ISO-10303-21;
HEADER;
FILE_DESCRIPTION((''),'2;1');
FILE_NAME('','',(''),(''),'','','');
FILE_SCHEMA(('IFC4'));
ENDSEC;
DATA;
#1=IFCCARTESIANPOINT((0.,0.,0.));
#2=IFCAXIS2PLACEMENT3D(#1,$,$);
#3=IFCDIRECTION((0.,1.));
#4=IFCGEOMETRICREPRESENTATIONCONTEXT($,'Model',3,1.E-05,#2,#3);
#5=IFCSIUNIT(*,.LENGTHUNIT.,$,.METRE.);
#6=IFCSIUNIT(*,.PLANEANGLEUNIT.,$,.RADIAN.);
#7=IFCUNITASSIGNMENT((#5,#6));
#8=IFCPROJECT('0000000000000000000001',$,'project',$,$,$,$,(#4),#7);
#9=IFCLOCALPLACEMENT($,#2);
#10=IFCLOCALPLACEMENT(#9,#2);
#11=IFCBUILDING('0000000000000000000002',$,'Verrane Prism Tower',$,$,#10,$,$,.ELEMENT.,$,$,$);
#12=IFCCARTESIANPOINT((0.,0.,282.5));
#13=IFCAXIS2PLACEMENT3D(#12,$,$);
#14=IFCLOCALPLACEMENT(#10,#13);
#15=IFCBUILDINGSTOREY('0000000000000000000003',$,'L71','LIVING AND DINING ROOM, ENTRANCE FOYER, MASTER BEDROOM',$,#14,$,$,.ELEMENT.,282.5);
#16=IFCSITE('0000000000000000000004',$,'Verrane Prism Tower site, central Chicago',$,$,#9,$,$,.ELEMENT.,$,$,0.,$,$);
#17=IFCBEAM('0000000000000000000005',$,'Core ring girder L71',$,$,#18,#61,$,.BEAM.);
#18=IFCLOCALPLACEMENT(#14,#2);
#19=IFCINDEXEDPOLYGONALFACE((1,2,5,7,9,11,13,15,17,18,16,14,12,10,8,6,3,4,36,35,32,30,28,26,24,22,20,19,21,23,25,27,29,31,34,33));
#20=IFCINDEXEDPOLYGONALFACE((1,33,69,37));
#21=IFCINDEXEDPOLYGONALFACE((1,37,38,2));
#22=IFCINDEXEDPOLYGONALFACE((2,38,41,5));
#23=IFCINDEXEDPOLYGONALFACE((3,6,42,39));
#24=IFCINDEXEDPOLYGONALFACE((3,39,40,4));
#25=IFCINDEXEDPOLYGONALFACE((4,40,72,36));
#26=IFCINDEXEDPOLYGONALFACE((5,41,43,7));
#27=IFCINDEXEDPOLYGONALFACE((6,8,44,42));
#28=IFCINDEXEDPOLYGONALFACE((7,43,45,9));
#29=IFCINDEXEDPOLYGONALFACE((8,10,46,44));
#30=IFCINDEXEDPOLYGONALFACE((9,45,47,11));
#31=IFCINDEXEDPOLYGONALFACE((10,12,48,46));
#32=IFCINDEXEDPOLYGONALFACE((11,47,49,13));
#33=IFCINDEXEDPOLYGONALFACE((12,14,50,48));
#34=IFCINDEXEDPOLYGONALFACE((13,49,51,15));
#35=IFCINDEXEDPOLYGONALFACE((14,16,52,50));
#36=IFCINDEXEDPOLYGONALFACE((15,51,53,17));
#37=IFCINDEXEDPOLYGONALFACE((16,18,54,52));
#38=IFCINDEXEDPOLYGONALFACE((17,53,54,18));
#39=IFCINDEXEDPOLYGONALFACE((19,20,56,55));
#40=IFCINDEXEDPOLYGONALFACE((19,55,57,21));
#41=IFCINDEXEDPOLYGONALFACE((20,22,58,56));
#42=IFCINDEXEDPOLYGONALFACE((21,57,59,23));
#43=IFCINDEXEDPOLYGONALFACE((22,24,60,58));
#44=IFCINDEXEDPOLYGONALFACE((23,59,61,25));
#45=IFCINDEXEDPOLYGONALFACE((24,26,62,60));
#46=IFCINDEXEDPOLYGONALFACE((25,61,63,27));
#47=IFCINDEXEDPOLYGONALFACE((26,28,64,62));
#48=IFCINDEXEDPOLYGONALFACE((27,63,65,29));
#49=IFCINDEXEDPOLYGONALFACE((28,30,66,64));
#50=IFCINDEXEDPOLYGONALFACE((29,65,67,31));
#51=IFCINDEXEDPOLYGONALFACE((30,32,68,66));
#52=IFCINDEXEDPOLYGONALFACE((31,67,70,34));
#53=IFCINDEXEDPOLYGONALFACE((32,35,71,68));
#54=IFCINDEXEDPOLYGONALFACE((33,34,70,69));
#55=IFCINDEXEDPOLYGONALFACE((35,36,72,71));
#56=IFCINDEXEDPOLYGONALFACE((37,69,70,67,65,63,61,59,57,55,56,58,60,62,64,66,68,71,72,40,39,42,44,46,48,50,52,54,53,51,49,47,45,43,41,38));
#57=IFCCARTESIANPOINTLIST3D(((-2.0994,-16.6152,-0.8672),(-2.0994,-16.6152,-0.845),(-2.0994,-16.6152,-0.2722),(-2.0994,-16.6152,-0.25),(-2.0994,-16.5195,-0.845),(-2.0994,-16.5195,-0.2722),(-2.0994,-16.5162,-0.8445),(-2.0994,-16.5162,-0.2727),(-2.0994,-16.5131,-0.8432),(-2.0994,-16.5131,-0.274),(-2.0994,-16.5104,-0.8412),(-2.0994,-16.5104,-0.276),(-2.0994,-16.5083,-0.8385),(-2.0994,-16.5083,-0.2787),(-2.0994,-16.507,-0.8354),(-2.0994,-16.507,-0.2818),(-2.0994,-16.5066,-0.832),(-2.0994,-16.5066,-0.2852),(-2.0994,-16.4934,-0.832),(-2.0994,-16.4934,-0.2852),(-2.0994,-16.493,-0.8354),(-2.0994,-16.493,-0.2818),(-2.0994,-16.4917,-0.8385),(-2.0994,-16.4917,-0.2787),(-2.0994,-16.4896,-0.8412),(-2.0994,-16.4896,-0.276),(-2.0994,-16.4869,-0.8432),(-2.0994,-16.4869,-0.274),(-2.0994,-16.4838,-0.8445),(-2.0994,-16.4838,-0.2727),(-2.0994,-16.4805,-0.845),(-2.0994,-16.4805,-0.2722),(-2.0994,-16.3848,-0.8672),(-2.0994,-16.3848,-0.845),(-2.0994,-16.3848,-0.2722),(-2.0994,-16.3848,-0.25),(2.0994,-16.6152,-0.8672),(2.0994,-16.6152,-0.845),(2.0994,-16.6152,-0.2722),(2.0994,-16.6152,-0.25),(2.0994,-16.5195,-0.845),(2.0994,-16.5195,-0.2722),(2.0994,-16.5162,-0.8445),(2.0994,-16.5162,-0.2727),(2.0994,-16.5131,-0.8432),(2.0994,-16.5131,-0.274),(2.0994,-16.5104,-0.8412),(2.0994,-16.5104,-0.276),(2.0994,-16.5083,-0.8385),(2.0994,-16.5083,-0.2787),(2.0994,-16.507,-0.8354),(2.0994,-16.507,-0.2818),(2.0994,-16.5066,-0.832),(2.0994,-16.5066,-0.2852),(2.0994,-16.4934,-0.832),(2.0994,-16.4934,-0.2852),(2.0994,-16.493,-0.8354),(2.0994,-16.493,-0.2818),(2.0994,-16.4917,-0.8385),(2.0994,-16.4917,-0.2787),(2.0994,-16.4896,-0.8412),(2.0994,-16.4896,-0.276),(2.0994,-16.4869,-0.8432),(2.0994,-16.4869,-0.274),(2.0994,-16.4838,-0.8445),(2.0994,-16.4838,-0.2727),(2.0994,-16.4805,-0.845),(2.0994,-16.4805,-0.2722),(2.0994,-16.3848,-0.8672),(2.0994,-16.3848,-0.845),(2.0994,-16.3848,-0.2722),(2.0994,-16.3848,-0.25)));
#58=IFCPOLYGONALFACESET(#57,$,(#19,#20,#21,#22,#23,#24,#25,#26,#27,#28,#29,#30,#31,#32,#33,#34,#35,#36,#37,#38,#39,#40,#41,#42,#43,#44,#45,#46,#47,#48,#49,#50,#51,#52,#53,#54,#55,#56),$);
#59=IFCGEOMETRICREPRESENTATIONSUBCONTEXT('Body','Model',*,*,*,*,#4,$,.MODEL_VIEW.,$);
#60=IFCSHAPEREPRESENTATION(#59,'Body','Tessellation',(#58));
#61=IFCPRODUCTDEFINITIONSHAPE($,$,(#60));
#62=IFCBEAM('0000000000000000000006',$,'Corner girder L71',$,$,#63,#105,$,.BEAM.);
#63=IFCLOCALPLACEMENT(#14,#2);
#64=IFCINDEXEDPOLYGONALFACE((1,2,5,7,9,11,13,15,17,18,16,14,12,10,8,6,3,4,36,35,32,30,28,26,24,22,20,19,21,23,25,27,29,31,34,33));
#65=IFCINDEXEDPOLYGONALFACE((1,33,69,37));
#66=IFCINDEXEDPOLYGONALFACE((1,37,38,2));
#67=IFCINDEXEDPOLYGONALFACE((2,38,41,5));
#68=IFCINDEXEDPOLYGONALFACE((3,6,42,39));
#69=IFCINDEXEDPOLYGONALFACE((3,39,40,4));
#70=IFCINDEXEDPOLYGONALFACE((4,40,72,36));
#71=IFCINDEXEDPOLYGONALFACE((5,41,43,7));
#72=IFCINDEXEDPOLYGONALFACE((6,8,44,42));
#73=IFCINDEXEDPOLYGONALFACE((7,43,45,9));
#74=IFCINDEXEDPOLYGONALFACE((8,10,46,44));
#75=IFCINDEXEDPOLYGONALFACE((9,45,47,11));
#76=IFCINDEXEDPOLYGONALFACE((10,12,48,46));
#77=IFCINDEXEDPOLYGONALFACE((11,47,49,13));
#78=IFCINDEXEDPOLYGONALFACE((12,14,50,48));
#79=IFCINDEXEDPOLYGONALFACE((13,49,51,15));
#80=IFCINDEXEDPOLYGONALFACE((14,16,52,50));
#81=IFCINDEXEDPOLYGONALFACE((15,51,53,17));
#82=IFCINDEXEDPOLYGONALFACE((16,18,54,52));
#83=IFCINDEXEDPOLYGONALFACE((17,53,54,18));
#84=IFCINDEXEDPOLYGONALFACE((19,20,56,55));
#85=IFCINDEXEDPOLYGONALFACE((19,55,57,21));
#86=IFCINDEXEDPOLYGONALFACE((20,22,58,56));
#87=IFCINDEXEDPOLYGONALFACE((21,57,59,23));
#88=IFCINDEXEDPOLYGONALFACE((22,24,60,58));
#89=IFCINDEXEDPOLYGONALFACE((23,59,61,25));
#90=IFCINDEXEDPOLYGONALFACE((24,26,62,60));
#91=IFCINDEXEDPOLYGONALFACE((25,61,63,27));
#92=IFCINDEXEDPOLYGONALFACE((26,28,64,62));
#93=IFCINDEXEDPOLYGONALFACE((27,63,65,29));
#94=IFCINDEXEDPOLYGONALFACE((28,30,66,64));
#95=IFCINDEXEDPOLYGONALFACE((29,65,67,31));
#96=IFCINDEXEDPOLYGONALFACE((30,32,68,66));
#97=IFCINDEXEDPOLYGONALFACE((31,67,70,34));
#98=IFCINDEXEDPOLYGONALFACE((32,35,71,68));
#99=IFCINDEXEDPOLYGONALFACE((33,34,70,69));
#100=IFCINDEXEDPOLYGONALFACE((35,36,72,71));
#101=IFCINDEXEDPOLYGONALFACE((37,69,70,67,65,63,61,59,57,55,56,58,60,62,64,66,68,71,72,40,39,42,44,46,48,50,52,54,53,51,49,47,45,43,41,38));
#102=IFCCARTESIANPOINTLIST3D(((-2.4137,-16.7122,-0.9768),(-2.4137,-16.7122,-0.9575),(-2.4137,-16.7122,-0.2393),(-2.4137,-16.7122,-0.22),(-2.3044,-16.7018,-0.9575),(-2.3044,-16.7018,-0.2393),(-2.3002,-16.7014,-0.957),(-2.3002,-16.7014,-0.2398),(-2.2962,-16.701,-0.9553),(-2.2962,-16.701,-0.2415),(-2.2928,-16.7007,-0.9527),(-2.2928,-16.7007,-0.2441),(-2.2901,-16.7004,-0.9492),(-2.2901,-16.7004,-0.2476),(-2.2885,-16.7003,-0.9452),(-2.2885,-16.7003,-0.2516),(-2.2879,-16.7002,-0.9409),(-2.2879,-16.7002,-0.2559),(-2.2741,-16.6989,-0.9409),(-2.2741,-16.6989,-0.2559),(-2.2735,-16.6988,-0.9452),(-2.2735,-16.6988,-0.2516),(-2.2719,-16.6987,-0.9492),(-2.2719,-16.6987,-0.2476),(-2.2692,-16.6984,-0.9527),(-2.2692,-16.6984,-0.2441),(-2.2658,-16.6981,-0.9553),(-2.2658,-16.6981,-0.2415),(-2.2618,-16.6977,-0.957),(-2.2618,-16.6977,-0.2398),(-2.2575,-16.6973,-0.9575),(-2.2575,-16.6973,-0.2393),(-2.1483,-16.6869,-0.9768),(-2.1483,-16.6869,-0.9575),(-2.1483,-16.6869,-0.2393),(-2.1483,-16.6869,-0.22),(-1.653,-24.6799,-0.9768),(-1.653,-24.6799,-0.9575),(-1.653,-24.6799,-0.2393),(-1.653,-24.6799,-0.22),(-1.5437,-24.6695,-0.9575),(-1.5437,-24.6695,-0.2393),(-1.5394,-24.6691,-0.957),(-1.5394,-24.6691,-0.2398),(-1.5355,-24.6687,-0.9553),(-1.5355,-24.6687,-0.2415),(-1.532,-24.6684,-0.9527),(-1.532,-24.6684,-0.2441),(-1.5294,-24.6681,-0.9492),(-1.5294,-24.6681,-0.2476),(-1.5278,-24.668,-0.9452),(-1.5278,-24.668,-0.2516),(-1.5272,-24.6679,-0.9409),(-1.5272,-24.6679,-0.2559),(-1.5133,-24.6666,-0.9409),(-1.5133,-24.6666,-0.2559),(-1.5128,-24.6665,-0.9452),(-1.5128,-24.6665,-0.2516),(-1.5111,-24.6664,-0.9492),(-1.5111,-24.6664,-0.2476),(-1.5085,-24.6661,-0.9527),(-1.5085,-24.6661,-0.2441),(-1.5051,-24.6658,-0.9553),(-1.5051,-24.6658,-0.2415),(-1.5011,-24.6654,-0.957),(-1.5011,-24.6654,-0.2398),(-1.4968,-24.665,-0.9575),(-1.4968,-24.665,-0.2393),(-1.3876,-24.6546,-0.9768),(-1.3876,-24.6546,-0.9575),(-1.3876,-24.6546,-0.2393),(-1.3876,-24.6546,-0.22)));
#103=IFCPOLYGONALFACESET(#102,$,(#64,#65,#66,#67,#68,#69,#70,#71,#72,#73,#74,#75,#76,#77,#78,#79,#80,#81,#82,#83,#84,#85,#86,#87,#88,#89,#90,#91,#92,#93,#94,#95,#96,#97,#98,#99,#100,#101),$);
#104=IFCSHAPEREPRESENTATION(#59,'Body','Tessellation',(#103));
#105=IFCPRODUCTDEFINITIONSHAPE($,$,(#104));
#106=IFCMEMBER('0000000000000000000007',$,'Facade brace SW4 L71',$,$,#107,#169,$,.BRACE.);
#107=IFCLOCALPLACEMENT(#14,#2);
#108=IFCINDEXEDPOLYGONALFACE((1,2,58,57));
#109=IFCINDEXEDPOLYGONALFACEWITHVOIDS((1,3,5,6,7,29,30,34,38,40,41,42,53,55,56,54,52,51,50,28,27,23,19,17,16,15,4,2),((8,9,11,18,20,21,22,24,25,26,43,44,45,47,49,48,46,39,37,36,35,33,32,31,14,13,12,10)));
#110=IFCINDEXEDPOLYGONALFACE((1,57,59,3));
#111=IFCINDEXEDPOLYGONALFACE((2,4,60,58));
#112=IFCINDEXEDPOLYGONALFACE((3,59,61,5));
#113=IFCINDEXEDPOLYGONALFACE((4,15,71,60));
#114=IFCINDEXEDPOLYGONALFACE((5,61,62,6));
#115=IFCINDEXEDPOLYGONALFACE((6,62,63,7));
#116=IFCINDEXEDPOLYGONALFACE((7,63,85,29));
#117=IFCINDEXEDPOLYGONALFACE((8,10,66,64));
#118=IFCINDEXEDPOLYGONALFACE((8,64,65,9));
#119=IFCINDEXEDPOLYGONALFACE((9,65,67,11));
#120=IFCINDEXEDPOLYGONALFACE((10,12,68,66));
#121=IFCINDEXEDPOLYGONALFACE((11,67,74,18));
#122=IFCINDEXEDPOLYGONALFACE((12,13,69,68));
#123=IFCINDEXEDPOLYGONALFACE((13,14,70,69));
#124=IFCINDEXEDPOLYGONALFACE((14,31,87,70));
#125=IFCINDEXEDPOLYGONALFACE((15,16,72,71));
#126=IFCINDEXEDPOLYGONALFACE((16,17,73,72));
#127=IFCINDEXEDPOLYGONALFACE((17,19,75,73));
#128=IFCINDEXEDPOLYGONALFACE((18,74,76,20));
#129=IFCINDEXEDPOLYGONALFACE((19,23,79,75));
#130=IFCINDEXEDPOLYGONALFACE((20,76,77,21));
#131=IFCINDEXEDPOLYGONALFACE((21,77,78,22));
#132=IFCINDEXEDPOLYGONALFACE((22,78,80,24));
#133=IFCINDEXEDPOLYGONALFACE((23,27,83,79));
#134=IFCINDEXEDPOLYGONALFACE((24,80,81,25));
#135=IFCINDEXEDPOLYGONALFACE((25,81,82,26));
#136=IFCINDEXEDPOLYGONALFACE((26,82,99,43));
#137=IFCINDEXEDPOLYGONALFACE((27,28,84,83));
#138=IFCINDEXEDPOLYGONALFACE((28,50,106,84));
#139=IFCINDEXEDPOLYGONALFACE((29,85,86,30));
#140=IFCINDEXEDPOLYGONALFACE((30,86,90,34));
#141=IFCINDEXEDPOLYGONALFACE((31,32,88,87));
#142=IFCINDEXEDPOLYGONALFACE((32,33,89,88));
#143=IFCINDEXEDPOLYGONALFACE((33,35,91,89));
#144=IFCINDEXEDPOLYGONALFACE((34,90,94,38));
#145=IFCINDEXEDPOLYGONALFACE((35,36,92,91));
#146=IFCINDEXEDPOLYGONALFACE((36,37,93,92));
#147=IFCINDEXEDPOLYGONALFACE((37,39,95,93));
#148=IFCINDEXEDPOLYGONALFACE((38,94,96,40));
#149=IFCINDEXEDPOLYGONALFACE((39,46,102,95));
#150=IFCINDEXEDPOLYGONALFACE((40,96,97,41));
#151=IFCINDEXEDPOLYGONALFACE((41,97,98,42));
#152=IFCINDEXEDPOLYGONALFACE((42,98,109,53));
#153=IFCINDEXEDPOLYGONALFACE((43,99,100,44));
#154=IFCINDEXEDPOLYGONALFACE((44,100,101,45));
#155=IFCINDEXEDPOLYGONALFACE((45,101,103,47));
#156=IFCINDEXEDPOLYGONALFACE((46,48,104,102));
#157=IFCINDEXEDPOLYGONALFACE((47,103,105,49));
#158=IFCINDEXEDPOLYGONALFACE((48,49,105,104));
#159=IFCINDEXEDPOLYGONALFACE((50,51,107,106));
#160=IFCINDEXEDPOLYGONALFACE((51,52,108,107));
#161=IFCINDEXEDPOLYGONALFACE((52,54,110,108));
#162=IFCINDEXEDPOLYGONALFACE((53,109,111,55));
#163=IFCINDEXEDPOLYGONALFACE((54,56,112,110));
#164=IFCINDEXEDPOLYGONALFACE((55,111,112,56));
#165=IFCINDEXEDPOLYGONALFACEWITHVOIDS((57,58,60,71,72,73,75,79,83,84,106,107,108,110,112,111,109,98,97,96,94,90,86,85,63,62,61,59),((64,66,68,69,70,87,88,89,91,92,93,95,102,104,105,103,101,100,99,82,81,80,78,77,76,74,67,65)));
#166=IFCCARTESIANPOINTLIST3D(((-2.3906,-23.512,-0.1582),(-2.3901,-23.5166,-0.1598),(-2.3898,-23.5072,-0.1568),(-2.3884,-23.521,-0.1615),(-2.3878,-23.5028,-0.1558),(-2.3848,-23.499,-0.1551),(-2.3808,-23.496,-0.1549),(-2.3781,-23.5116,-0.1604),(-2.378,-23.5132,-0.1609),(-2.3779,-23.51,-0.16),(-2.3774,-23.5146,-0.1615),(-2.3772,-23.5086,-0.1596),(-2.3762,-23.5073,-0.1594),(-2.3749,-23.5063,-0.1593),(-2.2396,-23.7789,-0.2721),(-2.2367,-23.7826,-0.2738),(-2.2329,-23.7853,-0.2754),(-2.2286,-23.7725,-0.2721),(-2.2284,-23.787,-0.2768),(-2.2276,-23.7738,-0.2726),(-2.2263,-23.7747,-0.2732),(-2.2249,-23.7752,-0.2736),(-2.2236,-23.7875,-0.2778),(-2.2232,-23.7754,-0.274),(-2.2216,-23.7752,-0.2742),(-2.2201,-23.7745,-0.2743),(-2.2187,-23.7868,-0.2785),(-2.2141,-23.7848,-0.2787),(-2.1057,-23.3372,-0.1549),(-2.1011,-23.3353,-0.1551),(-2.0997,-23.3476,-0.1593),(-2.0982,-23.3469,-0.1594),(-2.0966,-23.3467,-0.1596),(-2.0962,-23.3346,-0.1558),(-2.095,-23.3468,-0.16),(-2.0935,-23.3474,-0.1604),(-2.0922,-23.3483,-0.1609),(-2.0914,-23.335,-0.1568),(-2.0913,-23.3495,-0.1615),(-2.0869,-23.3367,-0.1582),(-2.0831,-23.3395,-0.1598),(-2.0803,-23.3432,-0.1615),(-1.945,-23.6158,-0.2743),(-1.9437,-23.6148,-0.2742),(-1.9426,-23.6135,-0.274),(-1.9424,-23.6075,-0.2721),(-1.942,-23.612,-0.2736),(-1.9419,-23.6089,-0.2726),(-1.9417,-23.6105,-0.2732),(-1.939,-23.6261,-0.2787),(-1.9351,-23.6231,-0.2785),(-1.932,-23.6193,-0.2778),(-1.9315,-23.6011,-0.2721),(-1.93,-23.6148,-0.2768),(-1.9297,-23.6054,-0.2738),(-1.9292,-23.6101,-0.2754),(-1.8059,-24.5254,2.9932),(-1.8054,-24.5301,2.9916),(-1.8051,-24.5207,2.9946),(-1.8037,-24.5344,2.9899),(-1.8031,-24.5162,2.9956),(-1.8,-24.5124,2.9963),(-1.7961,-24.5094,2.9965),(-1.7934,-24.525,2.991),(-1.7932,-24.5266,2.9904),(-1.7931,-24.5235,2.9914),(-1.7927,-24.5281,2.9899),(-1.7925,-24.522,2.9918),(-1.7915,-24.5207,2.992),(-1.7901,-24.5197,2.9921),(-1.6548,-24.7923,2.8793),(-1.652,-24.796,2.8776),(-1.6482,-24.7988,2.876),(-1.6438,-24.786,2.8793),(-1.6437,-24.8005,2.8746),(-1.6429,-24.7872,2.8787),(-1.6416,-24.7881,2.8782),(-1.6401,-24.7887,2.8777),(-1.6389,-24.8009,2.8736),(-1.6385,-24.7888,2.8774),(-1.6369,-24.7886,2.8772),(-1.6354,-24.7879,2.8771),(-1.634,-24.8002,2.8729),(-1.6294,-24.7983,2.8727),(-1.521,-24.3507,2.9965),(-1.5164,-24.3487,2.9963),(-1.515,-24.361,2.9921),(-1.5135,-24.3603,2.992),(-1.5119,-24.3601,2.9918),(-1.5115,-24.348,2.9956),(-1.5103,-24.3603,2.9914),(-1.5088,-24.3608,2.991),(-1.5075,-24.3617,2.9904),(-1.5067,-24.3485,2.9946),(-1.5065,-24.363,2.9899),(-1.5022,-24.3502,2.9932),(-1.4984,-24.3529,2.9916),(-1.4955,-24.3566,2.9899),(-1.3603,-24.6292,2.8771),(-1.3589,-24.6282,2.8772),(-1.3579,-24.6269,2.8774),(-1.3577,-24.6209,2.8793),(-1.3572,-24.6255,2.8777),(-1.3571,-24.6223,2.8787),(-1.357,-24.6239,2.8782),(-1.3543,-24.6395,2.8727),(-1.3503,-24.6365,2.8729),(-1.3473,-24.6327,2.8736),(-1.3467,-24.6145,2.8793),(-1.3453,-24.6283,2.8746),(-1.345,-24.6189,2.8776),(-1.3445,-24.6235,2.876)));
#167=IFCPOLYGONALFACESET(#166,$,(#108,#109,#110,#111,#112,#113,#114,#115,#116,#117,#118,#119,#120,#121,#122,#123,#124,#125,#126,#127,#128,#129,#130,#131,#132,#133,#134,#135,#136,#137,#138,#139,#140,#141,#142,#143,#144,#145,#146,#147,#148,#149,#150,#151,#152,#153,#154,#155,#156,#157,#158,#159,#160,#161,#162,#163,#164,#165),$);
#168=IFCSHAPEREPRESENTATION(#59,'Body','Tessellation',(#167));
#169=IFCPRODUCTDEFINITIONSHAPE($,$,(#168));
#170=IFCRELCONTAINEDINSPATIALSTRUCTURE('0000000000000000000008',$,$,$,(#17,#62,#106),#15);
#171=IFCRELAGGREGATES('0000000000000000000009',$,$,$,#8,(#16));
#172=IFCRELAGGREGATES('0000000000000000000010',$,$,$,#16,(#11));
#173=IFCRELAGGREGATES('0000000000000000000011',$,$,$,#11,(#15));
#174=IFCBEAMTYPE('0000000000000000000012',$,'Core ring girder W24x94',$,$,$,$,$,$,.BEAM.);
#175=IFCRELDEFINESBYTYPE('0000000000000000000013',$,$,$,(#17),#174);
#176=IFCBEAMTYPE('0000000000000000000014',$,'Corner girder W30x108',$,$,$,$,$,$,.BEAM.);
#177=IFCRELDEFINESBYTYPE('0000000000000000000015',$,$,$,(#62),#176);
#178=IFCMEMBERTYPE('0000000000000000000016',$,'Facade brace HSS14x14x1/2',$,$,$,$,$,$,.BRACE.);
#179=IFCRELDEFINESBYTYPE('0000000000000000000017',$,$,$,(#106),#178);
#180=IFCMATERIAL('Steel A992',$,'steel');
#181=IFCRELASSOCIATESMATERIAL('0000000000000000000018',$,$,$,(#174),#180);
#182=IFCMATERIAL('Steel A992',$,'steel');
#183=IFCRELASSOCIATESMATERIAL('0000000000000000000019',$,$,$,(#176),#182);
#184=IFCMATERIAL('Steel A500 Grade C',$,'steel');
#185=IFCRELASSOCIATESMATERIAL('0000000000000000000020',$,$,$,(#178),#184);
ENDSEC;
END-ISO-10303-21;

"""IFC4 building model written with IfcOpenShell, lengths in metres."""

from ifc_helpers import new_model, si_unit, direction, frame, origin, origin_2d, place, context, subcontext, project, spatial, hollow_rectangle, i_section, extrude, material, material_profile, profile_set, type_object, element, save


model = new_model("IFC4")

# Units and contexts
model_context = context("Model", 3, precision=1e-05, world=origin(), true_north=direction((0.0, 1.0)))
body_context = subcontext(model_context, "Body", "Model", "MODEL_VIEW")
ifc_project = project(units=[si_unit("LENGTHUNIT", "METRE"), si_unit("PLANEANGLEUNIT", "RADIAN")], contexts=[model_context])

# Site, building, storey
site_placement = place(None, origin())
site = spatial("IfcSite", under=ifc_project, at=site_placement, Name="Verrane Prism Tower site, central Chicago", CompositionType="ELEMENT", RefElevation=0.0)
building_placement = place(site_placement, origin())
building = spatial("IfcBuilding", under=site, at=building_placement, Name="Verrane Prism Tower", CompositionType="ELEMENT")
storey_placement = place(building_placement, frame((0.0, 0.0, 282.5)))
storey = spatial("IfcBuildingStorey", under=building, at=storey_placement, Name="L71", Description="LIVING AND DINING ROOM, ENTRANCE FOYER, MASTER BEDROOM", CompositionType="ELEMENT", Elevation=282.5)

# Beams
ifc_material_1 = material(Name="Steel A992", Category="steel")
ifc_material_profile_1 = material_profile(ifc_material_1, i_section(OverallWidth=0.2305, OverallDepth=0.6172, WebThickness=0.0132, FlangeThickness=0.0222, FilletRadius=0.0129, at=origin_2d()), Name="W24x94")
ifc_profile_set_1 = profile_set([ifc_material_profile_1], Name="Steel A992")
beam_type_1 = type_object("IfcBeamType", Name="Core ring girder W24x94", PredefinedType="BEAM", material=ifc_profile_set_1)
beam_1_placement = place(storey_placement, frame((-2.0994, -16.5, -0.5586), z_axis=(1.0, 0.0, 0.0), x_axis=(0.0, 1.0, 0.0)))
element("IfcBeam", 1, at=beam_1_placement, inside=storey, type_object=beam_type_1, Name="Core ring girder L71", PredefinedType="BEAM", context=body_context, shape_type="SweptSolid", body=[
    extrude(i_section(OverallWidth=0.2305, OverallDepth=0.6172, WebThickness=0.0132, FlangeThickness=0.0222, FilletRadius=0.0129, at=origin_2d()), origin(), (0.0, 0.0, 1.0), 4.1987),
])
ifc_material_2 = material(Name="Steel A992", Category="steel")
ifc_material_profile_2 = material_profile(ifc_material_2, i_section(OverallWidth=0.2666, OverallDepth=0.7568, WebThickness=0.0139, FlangeThickness=0.0193, FilletRadius=0.0166, at=origin_2d()), Name="W30x108")
ifc_profile_set_2 = profile_set([ifc_material_profile_2], Name="Steel A992")
beam_type_2 = type_object("IfcBeamType", Name="Corner girder W30x108", PredefinedType="BEAM", material=ifc_profile_set_2)
beam_2_placement = place(storey_placement, frame((-1.5203, -24.6672, -0.5984), z_axis=(-0.095045, 0.995473, 0.0), x_axis=(-0.995473, -0.095045, 0.0)))
element("IfcBeam", 2, at=beam_2_placement, inside=storey, type_object=beam_type_2, Name="Corner girder L71", PredefinedType="BEAM", context=body_context, shape_type="SweptSolid", body=[
    extrude(i_section(OverallWidth=0.2666, OverallDepth=0.7568, WebThickness=0.0139, FlangeThickness=0.0193, FilletRadius=0.0166, at=origin_2d()), origin(), (0.0, 0.0, 1.0), 8.0039),
])

# Member
ifc_material_3 = material(Name="Steel A500 Grade C", Category="steel")
ifc_material_profile_3 = material_profile(ifc_material_3, hollow_rectangle(XDim=0.3557, YDim=0.3557, WallThickness=0.0127, InnerFilletRadius=0.0063, OuterFilletRadius=0.019, at=origin_2d()), Name="HSS14x14x1/2")
ifc_profile_set_3 = profile_set([ifc_material_profile_3], Name="Steel A500 Grade C")
member_type_1 = type_object("IfcMemberType", Name="Facade brace HSS14x14x1/2", PredefinedType="BRACE", material=ifc_profile_set_3)
member_1_placement = place(storey_placement, frame((-2.1599, -23.561, -0.2168), z_axis=(0.173942, -0.301476, 0.937473), x_axis=(0.866168, 0.499753, 0.0)))
element("IfcMember", 3, at=member_1_placement, inside=storey, type_object=member_type_1, Name="Facade brace SW4 L71", PredefinedType="BRACE", context=body_context, shape_type="SweptSolid", body=[
    extrude(hollow_rectangle(XDim=0.3557, YDim=0.3557, WallThickness=0.0127, InnerFilletRadius=0.0063, OuterFilletRadius=0.019, at=origin_2d()), origin(), (0.0, 0.0, 1.0), 3.3616),
])

save(model, "model.ifc")
